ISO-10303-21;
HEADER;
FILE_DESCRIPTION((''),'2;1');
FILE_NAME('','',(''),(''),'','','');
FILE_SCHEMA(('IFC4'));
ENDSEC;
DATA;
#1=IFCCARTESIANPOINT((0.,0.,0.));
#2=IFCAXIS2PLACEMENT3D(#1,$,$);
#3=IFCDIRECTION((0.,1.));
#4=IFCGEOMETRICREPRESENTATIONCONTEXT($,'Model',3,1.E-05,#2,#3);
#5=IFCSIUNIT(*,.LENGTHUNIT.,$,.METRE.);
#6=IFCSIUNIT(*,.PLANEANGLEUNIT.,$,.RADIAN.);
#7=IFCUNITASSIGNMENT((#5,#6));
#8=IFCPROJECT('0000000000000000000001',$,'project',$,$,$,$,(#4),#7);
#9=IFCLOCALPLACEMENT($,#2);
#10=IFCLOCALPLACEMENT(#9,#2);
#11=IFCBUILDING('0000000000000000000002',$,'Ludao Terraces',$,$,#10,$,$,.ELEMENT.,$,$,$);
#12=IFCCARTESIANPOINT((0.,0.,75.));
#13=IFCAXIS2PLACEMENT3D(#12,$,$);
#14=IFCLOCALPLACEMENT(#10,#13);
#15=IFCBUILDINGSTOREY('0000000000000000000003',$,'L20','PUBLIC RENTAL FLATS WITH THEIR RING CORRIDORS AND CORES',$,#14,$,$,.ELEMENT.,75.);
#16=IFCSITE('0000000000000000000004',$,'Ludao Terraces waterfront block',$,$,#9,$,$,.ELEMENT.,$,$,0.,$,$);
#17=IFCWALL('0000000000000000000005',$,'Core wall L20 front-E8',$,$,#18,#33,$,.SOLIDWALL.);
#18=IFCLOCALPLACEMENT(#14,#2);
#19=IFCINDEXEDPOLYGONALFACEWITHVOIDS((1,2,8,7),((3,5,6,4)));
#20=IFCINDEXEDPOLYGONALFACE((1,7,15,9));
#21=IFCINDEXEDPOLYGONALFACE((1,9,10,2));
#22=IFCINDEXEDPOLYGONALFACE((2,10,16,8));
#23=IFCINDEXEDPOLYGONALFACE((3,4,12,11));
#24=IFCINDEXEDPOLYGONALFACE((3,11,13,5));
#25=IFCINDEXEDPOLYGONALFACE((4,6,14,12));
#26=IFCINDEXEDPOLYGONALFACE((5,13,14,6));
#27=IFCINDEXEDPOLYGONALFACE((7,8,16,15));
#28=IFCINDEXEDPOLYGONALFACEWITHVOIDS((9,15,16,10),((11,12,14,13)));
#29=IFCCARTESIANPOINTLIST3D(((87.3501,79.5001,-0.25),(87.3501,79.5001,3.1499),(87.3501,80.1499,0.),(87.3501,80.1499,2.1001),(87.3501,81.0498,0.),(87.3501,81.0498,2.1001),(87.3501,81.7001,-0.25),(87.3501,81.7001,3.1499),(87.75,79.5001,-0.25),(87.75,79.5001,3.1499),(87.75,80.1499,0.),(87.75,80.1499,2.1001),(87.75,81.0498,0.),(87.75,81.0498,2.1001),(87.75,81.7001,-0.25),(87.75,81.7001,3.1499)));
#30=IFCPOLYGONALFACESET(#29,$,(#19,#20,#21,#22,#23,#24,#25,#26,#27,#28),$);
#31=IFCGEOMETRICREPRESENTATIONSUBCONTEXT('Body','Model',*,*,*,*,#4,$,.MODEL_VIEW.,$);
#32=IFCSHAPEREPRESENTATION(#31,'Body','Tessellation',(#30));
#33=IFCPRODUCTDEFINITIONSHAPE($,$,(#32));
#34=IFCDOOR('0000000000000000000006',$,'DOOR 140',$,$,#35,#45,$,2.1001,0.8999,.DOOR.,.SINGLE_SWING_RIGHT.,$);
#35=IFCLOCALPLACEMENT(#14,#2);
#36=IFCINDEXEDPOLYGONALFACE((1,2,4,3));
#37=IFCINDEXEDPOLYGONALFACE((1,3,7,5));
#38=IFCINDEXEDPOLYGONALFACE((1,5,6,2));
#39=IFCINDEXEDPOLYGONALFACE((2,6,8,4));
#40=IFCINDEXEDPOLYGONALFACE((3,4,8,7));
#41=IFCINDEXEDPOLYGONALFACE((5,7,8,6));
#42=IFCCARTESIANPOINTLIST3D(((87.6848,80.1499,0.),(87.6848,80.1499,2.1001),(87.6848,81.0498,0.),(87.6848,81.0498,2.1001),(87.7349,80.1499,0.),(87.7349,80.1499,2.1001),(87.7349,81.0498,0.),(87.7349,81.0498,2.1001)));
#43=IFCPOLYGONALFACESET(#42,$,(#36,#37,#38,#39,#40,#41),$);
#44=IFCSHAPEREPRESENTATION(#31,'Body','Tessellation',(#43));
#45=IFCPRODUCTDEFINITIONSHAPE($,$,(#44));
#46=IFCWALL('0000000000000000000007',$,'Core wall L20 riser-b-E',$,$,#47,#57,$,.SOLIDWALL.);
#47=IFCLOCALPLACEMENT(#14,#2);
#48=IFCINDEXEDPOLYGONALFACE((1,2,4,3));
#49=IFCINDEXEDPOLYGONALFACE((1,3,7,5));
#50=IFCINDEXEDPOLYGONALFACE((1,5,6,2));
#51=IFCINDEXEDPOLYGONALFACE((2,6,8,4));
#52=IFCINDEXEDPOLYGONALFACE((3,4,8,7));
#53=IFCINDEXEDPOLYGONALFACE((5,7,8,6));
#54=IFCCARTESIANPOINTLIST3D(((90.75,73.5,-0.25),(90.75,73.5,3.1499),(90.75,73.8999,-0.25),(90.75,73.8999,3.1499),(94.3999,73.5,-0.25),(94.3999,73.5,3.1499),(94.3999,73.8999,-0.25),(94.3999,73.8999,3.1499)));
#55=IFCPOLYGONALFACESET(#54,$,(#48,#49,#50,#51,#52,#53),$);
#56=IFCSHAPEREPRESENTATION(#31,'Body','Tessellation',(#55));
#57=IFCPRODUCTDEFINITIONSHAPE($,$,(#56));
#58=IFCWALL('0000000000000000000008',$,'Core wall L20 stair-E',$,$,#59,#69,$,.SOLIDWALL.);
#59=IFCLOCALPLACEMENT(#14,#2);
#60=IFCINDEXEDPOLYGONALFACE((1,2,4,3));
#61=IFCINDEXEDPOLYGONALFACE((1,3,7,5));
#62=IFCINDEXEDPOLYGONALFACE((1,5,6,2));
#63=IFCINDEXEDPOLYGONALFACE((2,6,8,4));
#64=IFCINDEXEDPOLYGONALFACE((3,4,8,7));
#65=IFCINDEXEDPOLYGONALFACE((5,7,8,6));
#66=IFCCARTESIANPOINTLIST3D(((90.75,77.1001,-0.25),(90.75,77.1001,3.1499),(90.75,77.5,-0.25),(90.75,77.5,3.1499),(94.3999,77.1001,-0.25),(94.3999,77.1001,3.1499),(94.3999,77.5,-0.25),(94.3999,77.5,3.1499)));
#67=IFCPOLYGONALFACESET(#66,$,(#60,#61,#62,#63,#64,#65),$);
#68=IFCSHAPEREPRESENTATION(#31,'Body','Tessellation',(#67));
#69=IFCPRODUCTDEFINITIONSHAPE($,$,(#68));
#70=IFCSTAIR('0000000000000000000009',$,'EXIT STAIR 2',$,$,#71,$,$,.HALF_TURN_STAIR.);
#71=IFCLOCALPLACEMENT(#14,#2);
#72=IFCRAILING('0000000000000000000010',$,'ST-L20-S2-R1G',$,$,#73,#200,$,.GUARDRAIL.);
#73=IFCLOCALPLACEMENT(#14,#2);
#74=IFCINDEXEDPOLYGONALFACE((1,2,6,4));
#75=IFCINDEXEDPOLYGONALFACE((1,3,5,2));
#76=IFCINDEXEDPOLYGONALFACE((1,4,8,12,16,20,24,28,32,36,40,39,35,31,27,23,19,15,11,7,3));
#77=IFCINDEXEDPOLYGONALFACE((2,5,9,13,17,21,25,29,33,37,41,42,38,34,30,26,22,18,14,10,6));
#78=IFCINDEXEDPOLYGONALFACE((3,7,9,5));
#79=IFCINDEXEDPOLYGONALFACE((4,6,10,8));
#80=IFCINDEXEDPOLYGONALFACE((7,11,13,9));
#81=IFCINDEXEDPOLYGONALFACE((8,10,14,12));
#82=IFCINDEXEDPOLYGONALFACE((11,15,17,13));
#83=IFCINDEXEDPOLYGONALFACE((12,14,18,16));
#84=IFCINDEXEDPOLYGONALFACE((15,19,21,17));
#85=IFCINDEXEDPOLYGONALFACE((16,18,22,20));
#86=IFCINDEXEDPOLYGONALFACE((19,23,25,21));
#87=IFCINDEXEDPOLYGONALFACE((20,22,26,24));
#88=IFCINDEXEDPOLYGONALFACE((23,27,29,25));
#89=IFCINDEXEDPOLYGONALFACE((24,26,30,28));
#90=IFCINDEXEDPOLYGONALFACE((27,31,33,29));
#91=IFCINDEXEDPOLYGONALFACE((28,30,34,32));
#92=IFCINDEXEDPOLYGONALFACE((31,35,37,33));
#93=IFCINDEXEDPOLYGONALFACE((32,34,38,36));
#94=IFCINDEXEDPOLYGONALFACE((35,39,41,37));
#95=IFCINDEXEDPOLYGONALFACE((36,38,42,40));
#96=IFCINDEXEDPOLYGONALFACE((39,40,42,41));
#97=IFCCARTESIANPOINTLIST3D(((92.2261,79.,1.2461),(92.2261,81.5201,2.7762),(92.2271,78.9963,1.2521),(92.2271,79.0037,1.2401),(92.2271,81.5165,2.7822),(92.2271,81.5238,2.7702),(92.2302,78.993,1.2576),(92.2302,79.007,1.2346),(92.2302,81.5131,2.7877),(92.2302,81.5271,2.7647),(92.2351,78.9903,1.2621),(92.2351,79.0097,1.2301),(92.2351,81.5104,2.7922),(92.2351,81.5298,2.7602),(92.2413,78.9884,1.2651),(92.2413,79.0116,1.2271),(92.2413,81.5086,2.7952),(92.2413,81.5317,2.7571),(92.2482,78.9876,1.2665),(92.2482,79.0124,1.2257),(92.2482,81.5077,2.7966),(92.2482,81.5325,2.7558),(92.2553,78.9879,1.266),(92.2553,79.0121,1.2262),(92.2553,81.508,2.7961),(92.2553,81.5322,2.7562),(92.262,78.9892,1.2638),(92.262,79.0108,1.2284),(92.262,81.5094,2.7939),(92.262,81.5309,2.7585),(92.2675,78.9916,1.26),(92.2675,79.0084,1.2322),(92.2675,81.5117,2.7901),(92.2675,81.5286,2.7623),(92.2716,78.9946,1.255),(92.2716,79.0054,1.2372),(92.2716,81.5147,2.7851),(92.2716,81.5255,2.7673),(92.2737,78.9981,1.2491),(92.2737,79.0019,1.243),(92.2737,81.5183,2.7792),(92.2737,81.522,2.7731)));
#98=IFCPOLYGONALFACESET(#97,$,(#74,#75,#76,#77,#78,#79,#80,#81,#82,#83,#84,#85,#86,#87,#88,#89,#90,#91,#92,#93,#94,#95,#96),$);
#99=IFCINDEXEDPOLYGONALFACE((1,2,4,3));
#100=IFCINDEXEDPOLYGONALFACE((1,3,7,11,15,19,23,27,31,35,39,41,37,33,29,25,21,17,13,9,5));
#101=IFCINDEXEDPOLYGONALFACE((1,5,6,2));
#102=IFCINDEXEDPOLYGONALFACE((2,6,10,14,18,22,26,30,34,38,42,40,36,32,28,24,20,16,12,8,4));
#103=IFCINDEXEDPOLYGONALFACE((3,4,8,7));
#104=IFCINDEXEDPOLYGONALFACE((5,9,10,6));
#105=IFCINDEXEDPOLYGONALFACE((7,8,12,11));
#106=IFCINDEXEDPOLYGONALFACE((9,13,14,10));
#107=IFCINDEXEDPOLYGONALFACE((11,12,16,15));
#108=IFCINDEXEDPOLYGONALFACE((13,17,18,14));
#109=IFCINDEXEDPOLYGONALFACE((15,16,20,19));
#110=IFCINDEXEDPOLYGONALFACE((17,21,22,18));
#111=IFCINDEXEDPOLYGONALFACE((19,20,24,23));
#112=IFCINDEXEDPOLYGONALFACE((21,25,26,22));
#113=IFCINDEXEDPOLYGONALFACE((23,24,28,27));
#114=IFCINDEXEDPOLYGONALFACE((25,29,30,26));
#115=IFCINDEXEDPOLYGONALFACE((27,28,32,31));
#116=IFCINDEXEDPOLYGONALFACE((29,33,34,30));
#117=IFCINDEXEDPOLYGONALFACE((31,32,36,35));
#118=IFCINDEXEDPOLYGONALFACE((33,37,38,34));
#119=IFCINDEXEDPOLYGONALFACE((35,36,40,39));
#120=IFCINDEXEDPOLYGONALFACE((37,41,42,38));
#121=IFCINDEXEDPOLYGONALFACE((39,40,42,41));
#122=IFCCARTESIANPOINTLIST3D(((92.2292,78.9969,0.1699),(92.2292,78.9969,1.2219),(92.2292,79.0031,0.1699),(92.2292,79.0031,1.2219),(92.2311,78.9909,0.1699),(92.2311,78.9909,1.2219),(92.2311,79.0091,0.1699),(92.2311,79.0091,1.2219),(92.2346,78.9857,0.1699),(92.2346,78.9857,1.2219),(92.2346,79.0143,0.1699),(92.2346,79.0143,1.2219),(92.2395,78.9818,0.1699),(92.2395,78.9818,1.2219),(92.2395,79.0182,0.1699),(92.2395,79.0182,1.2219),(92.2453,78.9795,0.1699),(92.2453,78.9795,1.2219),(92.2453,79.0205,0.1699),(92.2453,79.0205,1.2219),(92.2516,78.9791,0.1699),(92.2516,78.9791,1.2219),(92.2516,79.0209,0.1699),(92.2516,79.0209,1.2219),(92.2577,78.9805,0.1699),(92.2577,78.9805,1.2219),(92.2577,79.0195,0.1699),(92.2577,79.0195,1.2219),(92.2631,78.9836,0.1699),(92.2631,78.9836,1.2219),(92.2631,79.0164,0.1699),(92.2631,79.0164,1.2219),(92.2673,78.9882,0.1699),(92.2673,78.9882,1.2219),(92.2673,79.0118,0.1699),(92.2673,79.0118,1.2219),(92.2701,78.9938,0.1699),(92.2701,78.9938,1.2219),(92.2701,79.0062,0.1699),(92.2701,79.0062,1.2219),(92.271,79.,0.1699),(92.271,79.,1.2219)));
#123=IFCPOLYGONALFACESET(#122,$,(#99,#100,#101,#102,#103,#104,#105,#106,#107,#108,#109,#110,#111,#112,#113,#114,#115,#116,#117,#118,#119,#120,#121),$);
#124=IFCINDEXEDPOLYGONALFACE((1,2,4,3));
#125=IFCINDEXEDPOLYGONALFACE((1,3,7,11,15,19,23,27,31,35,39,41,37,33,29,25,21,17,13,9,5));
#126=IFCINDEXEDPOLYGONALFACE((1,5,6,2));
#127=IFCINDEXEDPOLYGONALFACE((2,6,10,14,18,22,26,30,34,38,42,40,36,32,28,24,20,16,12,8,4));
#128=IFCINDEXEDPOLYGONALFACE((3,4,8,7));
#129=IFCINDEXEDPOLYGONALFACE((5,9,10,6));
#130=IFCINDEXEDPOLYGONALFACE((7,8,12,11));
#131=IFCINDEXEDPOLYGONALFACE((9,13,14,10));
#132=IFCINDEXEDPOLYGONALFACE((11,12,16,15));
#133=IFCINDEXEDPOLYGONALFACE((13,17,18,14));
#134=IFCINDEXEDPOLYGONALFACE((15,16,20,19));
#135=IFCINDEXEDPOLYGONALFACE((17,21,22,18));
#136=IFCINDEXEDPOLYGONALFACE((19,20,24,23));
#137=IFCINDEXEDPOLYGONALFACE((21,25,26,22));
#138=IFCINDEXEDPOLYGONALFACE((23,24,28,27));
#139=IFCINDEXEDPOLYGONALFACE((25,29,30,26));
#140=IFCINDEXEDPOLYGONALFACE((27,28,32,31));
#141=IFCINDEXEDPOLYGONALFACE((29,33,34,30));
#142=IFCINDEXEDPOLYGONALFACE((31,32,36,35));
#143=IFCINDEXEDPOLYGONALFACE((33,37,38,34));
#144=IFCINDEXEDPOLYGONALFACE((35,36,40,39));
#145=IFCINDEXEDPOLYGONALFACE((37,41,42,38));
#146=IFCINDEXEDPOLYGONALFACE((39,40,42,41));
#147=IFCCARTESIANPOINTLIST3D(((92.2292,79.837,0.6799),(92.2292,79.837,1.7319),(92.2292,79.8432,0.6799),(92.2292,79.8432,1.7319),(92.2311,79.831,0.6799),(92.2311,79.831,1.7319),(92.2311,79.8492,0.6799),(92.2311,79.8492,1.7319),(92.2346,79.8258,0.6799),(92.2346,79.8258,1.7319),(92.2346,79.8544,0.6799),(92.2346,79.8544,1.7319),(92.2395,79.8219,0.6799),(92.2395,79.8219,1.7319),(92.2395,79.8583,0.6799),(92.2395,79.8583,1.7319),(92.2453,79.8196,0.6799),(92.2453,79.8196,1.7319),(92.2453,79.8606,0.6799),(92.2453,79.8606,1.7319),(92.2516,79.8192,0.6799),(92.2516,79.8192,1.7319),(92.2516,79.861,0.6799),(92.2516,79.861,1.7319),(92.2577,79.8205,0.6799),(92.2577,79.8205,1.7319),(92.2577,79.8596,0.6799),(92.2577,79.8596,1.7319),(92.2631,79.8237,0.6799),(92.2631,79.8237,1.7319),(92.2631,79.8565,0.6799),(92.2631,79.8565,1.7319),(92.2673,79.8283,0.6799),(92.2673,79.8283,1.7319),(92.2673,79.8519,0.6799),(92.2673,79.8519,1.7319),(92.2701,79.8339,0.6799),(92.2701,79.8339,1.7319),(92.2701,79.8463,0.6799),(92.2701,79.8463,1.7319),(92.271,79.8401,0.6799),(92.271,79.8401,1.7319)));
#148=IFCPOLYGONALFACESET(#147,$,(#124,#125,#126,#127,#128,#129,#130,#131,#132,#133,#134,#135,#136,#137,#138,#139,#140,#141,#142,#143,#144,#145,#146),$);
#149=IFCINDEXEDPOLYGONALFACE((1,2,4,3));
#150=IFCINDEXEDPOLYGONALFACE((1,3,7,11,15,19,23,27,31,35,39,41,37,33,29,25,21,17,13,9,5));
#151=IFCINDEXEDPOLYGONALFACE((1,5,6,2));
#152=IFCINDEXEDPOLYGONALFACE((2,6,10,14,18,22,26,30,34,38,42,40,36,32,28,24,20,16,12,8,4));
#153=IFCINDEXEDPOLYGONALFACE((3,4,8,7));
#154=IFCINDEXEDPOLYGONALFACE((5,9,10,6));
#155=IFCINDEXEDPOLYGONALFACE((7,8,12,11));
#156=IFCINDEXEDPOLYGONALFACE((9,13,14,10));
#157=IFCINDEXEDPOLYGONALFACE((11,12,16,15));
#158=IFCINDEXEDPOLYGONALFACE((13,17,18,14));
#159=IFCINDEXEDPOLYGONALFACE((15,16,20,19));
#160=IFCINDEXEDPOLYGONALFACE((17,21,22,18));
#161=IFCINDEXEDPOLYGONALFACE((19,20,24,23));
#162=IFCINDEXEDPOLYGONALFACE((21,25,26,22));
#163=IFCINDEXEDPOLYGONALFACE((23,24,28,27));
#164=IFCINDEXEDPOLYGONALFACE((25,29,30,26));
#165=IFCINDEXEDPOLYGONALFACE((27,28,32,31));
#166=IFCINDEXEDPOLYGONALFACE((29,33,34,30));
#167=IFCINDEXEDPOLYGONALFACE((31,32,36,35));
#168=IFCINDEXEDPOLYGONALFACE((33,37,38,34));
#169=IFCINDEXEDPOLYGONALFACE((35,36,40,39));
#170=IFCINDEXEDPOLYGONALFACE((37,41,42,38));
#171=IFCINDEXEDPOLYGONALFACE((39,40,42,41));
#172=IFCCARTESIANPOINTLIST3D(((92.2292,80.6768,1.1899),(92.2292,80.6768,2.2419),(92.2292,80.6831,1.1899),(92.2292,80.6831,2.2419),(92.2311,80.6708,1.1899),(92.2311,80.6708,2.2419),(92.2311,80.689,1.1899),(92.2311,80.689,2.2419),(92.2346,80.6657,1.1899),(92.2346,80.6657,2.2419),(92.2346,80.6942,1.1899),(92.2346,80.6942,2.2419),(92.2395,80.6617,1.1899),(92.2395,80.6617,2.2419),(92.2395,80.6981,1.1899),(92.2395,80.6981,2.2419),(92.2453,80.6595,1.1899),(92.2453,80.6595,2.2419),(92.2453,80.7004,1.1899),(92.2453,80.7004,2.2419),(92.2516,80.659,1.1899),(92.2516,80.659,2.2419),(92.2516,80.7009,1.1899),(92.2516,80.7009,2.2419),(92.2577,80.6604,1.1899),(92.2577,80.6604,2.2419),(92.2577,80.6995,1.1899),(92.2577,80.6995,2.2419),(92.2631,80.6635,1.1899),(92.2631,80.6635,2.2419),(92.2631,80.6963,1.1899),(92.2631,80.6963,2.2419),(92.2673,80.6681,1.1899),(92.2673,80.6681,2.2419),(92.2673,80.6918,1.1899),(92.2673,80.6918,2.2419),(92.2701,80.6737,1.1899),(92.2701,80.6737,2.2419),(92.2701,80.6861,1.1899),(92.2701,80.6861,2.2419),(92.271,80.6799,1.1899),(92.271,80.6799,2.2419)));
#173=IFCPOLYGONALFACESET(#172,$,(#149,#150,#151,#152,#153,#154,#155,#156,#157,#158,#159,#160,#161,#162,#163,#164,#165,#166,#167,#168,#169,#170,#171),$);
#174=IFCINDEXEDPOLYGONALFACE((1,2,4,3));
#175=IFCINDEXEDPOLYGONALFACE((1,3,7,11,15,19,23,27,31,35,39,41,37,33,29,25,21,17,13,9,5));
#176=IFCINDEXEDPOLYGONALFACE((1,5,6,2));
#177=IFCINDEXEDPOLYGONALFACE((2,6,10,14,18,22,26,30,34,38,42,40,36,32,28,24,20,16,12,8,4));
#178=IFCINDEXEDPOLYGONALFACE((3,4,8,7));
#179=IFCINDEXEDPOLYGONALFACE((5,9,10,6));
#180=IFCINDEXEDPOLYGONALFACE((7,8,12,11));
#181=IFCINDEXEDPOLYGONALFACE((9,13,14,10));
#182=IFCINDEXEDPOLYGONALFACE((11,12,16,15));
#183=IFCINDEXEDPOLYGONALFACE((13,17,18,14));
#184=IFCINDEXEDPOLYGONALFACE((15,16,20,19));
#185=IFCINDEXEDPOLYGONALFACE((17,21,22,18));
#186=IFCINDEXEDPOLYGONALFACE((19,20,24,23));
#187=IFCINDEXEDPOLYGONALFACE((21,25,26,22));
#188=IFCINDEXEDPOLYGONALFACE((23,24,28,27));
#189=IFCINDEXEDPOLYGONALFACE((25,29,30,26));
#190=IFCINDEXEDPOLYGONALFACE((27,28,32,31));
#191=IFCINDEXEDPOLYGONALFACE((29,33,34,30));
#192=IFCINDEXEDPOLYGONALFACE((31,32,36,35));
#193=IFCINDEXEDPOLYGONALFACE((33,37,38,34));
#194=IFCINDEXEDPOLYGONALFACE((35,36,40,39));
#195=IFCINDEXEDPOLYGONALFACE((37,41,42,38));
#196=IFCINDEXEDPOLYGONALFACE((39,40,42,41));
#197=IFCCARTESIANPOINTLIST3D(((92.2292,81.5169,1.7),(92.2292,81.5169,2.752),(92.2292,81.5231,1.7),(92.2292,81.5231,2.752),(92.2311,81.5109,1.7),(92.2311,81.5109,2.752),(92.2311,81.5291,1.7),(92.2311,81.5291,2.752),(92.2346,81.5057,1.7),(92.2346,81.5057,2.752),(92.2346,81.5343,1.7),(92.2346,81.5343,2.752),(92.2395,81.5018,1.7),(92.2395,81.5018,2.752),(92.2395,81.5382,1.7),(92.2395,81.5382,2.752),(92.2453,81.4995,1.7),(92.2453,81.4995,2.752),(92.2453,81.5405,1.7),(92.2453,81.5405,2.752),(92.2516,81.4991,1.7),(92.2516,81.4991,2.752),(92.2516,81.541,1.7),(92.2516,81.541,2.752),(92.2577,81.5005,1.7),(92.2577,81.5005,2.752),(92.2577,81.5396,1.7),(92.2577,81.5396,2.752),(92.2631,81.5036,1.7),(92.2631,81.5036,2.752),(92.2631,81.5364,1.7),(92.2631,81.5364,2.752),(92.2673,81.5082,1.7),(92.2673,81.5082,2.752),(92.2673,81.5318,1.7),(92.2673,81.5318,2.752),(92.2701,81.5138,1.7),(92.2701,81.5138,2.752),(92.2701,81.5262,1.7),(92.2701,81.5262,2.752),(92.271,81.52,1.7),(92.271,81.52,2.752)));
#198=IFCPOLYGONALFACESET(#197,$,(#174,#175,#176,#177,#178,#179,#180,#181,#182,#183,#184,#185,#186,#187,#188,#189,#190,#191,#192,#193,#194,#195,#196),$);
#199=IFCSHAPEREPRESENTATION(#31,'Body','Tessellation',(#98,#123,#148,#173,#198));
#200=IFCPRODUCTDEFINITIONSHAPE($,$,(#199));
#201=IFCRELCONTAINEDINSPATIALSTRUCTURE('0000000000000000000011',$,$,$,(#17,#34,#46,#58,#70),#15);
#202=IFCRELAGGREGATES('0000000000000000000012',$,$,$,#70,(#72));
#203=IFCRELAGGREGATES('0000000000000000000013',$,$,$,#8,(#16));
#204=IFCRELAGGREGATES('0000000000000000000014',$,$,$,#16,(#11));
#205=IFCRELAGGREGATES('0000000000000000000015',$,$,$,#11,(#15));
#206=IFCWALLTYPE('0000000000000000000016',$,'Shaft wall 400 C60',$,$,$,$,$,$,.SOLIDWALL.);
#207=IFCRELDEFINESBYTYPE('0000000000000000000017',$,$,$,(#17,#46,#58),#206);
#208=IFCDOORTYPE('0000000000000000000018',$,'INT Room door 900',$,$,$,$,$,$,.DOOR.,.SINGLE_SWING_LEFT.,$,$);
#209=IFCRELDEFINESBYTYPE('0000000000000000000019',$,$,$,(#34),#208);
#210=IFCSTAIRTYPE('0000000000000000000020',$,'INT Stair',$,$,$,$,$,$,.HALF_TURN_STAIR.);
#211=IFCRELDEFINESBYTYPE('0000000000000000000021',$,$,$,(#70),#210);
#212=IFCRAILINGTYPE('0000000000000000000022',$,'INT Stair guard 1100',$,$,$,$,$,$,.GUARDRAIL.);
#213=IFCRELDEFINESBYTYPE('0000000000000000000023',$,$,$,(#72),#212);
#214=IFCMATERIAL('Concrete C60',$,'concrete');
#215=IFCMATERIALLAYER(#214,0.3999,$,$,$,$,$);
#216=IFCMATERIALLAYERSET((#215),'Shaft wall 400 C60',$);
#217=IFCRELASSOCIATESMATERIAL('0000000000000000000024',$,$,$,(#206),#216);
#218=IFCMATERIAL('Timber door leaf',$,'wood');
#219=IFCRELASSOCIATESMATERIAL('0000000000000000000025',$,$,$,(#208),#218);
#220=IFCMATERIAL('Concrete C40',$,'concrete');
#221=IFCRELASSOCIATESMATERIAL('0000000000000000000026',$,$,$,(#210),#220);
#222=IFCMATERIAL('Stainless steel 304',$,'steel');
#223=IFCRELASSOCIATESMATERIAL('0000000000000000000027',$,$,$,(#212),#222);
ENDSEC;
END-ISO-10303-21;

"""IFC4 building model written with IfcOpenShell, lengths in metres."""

from ifc_helpers import new_model, si_unit, direction, frame, frame_2d, origin, origin_2d, place, context, subcontext, project, spatial, rectangle, circle, extrude, material, layer, layer_set, type_object, element, fill, aggregate, save


model = new_model("IFC4")

# Units and contexts
model_context = context("Model", 3, precision=1e-05, world=origin(), true_north=direction((0.0, 1.0)))
body_context = subcontext(model_context, "Body", "Model", "MODEL_VIEW")
ifc_project = project(units=[si_unit("LENGTHUNIT", "METRE"), si_unit("PLANEANGLEUNIT", "RADIAN")], contexts=[model_context])

# Site, building, storey
site_placement = place(None, origin())
site = spatial("IfcSite", under=ifc_project, at=site_placement, Name="Ludao Terraces waterfront block", CompositionType="ELEMENT", RefElevation=0.0)
building_placement = place(site_placement, origin())
building = spatial("IfcBuilding", under=site, at=building_placement, Name="Ludao Terraces", CompositionType="ELEMENT")
storey_placement = place(building_placement, frame((0.0, 0.0, 75.0)))
storey = spatial("IfcBuildingStorey", under=building, at=storey_placement, Name="L20", Description="PUBLIC RENTAL FLATS WITH THEIR RING CORRIDORS AND CORES", CompositionType="ELEMENT", Elevation=75.0)

# Shared definitions
ifc_material_1 = material(Name="Concrete C60", Category="concrete")
ifc_layer_1 = layer(ifc_material_1, 0.3999)
ifc_layer_set_1 = layer_set([ifc_layer_1], Name="Shaft wall 400 C60")
wall_type_1 = type_object("IfcWallType", Name="Shaft wall 400 C60", PredefinedType="SOLIDWALL", material=ifc_layer_set_1)

# Shared definitions
ifc_material_2 = material(Name="Timber door leaf", Category="wood")
door_type_1 = type_object("IfcDoorType", Name="INT Room door 900", OperationType="SINGLE_SWING_LEFT", PredefinedType="DOOR", material=ifc_material_2)

# Wall, opening, door
wall_1_placement = place(storey_placement, frame((87.55, 79.5, -0.25), z_axis=(0.0, 0.0, 1.0), x_axis=(0.0, 1.0, 0.0)))
wall_1 = element("IfcWall", 1, at=wall_1_placement, inside=storey, type_object=wall_type_1, Name="Core wall L20 front-E8", PredefinedType="SOLIDWALL", context=body_context, shape_type="SweptSolid", body=[
    extrude(rectangle(XDim=2.2, YDim=0.3999, at=frame_2d((1.1001, 0.0))), origin(), (0.0, 0.0, 1.0), 3.3999),
])
opening_1_placement = place(wall_1_placement, frame((0.6499, 0.0, 0.25)))
opening_1 = element("IfcOpeningElement", 2, at=opening_1_placement, cuts=wall_1, PredefinedType="OPENING", context=body_context, shape_type="SweptSolid", body=[
    extrude(rectangle(XDim=0.8999, YDim=2.1001, at=frame_2d((0.45, 1.05))), frame((0.0, 0.21, 0.0), z_axis=(0.0, -1.0, 0.0), x_axis=(1.0, 0.0, 0.0)), (0.0, 0.0, 1.0), 0.4199),
])
door_1_placement = place(opening_1_placement, origin())
door_1 = element("IfcDoor", 3, at=door_1_placement, inside=storey, type_object=door_type_1, Name="DOOR 140", OperationType="SINGLE_SWING_RIGHT", OverallHeight=2.1001, OverallWidth=0.8999, PredefinedType="DOOR", context=body_context, shape_type="SweptSolid", body=[
    extrude(rectangle(XDim=0.8999, YDim=2.1001, at=frame_2d((0.45, 1.05))), frame((0.0, -0.1348, 0.0), z_axis=(0.0, -1.0, 0.0), x_axis=(1.0, 0.0, 0.0)), (0.0, 0.0, 1.0), 0.05),
])
fill(opening_1, door_1)

# Walls
for number, where, z_axis, x_axis, name in (
    (4, (90.75, 73.7, -0.25), (0.0, 0.0, 1.0), (1.0, 0.0, 0.0), "Core wall L20 riser-b-E"),
    (5, (90.75, 77.3, -0.25), (0.0, 0.0, 1.0), (1.0, 0.0, 0.0), "Core wall L20 stair-E"),
):
    element("IfcWall", number, at=place(storey_placement, frame(where, z_axis=z_axis, x_axis=x_axis)), inside=storey, type_object=wall_type_1, Name=name, PredefinedType="SOLIDWALL", context=body_context, shape_type="SweptSolid", body=[
        extrude(rectangle(XDim=3.6499, YDim=0.3999, at=frame_2d((1.825, 0.0))), origin(), (0.0, 0.0, 1.0), 3.3999),
    ])

# Stair, railing
ifc_material_3 = material(Name="Concrete C40", Category="concrete")
stair_type = type_object("IfcStairType", Name="INT Stair", PredefinedType="HALF_TURN_STAIR", material=ifc_material_3)
stair_placement = place(storey_placement, origin())
stair = element("IfcStair", 6, at=stair_placement, inside=storey, type_object=stair_type, Name="EXIT STAIR 2", PredefinedType="HALF_TURN_STAIR")
ifc_material_4 = material(Name="Stainless steel 304", Category="steel")
railing_type_1 = type_object("IfcRailingType", Name="INT Stair guard 1100", PredefinedType="GUARDRAIL", material=ifc_material_4)
railing_1_placement = place(storey_placement, frame((92.25, 79.0, 0.1699)))
railing_1 = element("IfcRailing", 7, at=railing_1_placement, type_object=railing_type_1, Name="ST-L20-S2-R1G", PredefinedType="GUARDRAIL", context=body_context, shape_type="SweptSolid", body=[
    extrude(circle(Radius=0.0239, at=origin_2d()), frame((0.0, 0.0, 1.0762), z_axis=(0.0, 0.854785, 0.518982), x_axis=(-1.0, 0.0, 0.0)), (0.0, 0.0, 1.0), 2.9482),
    extrude(circle(Radius=0.021, at=origin_2d()), origin(), (0.0, 0.0, 1.0), 1.052),
    extrude(circle(Radius=0.021, at=origin_2d()), frame((0.0, 0.8401, 0.51)), (0.0, 0.0, 1.0), 1.052),
    extrude(circle(Radius=0.021, at=origin_2d()), frame((0.0, 1.6799, 1.02)), (0.0, 0.0, 1.0), 1.052),
    extrude(circle(Radius=0.021, at=origin_2d()), frame((0.0, 2.52, 1.53)), (0.0, 0.0, 1.0), 1.052),
])
aggregate(stair, [railing_1])

save(model, "model.ifc")
